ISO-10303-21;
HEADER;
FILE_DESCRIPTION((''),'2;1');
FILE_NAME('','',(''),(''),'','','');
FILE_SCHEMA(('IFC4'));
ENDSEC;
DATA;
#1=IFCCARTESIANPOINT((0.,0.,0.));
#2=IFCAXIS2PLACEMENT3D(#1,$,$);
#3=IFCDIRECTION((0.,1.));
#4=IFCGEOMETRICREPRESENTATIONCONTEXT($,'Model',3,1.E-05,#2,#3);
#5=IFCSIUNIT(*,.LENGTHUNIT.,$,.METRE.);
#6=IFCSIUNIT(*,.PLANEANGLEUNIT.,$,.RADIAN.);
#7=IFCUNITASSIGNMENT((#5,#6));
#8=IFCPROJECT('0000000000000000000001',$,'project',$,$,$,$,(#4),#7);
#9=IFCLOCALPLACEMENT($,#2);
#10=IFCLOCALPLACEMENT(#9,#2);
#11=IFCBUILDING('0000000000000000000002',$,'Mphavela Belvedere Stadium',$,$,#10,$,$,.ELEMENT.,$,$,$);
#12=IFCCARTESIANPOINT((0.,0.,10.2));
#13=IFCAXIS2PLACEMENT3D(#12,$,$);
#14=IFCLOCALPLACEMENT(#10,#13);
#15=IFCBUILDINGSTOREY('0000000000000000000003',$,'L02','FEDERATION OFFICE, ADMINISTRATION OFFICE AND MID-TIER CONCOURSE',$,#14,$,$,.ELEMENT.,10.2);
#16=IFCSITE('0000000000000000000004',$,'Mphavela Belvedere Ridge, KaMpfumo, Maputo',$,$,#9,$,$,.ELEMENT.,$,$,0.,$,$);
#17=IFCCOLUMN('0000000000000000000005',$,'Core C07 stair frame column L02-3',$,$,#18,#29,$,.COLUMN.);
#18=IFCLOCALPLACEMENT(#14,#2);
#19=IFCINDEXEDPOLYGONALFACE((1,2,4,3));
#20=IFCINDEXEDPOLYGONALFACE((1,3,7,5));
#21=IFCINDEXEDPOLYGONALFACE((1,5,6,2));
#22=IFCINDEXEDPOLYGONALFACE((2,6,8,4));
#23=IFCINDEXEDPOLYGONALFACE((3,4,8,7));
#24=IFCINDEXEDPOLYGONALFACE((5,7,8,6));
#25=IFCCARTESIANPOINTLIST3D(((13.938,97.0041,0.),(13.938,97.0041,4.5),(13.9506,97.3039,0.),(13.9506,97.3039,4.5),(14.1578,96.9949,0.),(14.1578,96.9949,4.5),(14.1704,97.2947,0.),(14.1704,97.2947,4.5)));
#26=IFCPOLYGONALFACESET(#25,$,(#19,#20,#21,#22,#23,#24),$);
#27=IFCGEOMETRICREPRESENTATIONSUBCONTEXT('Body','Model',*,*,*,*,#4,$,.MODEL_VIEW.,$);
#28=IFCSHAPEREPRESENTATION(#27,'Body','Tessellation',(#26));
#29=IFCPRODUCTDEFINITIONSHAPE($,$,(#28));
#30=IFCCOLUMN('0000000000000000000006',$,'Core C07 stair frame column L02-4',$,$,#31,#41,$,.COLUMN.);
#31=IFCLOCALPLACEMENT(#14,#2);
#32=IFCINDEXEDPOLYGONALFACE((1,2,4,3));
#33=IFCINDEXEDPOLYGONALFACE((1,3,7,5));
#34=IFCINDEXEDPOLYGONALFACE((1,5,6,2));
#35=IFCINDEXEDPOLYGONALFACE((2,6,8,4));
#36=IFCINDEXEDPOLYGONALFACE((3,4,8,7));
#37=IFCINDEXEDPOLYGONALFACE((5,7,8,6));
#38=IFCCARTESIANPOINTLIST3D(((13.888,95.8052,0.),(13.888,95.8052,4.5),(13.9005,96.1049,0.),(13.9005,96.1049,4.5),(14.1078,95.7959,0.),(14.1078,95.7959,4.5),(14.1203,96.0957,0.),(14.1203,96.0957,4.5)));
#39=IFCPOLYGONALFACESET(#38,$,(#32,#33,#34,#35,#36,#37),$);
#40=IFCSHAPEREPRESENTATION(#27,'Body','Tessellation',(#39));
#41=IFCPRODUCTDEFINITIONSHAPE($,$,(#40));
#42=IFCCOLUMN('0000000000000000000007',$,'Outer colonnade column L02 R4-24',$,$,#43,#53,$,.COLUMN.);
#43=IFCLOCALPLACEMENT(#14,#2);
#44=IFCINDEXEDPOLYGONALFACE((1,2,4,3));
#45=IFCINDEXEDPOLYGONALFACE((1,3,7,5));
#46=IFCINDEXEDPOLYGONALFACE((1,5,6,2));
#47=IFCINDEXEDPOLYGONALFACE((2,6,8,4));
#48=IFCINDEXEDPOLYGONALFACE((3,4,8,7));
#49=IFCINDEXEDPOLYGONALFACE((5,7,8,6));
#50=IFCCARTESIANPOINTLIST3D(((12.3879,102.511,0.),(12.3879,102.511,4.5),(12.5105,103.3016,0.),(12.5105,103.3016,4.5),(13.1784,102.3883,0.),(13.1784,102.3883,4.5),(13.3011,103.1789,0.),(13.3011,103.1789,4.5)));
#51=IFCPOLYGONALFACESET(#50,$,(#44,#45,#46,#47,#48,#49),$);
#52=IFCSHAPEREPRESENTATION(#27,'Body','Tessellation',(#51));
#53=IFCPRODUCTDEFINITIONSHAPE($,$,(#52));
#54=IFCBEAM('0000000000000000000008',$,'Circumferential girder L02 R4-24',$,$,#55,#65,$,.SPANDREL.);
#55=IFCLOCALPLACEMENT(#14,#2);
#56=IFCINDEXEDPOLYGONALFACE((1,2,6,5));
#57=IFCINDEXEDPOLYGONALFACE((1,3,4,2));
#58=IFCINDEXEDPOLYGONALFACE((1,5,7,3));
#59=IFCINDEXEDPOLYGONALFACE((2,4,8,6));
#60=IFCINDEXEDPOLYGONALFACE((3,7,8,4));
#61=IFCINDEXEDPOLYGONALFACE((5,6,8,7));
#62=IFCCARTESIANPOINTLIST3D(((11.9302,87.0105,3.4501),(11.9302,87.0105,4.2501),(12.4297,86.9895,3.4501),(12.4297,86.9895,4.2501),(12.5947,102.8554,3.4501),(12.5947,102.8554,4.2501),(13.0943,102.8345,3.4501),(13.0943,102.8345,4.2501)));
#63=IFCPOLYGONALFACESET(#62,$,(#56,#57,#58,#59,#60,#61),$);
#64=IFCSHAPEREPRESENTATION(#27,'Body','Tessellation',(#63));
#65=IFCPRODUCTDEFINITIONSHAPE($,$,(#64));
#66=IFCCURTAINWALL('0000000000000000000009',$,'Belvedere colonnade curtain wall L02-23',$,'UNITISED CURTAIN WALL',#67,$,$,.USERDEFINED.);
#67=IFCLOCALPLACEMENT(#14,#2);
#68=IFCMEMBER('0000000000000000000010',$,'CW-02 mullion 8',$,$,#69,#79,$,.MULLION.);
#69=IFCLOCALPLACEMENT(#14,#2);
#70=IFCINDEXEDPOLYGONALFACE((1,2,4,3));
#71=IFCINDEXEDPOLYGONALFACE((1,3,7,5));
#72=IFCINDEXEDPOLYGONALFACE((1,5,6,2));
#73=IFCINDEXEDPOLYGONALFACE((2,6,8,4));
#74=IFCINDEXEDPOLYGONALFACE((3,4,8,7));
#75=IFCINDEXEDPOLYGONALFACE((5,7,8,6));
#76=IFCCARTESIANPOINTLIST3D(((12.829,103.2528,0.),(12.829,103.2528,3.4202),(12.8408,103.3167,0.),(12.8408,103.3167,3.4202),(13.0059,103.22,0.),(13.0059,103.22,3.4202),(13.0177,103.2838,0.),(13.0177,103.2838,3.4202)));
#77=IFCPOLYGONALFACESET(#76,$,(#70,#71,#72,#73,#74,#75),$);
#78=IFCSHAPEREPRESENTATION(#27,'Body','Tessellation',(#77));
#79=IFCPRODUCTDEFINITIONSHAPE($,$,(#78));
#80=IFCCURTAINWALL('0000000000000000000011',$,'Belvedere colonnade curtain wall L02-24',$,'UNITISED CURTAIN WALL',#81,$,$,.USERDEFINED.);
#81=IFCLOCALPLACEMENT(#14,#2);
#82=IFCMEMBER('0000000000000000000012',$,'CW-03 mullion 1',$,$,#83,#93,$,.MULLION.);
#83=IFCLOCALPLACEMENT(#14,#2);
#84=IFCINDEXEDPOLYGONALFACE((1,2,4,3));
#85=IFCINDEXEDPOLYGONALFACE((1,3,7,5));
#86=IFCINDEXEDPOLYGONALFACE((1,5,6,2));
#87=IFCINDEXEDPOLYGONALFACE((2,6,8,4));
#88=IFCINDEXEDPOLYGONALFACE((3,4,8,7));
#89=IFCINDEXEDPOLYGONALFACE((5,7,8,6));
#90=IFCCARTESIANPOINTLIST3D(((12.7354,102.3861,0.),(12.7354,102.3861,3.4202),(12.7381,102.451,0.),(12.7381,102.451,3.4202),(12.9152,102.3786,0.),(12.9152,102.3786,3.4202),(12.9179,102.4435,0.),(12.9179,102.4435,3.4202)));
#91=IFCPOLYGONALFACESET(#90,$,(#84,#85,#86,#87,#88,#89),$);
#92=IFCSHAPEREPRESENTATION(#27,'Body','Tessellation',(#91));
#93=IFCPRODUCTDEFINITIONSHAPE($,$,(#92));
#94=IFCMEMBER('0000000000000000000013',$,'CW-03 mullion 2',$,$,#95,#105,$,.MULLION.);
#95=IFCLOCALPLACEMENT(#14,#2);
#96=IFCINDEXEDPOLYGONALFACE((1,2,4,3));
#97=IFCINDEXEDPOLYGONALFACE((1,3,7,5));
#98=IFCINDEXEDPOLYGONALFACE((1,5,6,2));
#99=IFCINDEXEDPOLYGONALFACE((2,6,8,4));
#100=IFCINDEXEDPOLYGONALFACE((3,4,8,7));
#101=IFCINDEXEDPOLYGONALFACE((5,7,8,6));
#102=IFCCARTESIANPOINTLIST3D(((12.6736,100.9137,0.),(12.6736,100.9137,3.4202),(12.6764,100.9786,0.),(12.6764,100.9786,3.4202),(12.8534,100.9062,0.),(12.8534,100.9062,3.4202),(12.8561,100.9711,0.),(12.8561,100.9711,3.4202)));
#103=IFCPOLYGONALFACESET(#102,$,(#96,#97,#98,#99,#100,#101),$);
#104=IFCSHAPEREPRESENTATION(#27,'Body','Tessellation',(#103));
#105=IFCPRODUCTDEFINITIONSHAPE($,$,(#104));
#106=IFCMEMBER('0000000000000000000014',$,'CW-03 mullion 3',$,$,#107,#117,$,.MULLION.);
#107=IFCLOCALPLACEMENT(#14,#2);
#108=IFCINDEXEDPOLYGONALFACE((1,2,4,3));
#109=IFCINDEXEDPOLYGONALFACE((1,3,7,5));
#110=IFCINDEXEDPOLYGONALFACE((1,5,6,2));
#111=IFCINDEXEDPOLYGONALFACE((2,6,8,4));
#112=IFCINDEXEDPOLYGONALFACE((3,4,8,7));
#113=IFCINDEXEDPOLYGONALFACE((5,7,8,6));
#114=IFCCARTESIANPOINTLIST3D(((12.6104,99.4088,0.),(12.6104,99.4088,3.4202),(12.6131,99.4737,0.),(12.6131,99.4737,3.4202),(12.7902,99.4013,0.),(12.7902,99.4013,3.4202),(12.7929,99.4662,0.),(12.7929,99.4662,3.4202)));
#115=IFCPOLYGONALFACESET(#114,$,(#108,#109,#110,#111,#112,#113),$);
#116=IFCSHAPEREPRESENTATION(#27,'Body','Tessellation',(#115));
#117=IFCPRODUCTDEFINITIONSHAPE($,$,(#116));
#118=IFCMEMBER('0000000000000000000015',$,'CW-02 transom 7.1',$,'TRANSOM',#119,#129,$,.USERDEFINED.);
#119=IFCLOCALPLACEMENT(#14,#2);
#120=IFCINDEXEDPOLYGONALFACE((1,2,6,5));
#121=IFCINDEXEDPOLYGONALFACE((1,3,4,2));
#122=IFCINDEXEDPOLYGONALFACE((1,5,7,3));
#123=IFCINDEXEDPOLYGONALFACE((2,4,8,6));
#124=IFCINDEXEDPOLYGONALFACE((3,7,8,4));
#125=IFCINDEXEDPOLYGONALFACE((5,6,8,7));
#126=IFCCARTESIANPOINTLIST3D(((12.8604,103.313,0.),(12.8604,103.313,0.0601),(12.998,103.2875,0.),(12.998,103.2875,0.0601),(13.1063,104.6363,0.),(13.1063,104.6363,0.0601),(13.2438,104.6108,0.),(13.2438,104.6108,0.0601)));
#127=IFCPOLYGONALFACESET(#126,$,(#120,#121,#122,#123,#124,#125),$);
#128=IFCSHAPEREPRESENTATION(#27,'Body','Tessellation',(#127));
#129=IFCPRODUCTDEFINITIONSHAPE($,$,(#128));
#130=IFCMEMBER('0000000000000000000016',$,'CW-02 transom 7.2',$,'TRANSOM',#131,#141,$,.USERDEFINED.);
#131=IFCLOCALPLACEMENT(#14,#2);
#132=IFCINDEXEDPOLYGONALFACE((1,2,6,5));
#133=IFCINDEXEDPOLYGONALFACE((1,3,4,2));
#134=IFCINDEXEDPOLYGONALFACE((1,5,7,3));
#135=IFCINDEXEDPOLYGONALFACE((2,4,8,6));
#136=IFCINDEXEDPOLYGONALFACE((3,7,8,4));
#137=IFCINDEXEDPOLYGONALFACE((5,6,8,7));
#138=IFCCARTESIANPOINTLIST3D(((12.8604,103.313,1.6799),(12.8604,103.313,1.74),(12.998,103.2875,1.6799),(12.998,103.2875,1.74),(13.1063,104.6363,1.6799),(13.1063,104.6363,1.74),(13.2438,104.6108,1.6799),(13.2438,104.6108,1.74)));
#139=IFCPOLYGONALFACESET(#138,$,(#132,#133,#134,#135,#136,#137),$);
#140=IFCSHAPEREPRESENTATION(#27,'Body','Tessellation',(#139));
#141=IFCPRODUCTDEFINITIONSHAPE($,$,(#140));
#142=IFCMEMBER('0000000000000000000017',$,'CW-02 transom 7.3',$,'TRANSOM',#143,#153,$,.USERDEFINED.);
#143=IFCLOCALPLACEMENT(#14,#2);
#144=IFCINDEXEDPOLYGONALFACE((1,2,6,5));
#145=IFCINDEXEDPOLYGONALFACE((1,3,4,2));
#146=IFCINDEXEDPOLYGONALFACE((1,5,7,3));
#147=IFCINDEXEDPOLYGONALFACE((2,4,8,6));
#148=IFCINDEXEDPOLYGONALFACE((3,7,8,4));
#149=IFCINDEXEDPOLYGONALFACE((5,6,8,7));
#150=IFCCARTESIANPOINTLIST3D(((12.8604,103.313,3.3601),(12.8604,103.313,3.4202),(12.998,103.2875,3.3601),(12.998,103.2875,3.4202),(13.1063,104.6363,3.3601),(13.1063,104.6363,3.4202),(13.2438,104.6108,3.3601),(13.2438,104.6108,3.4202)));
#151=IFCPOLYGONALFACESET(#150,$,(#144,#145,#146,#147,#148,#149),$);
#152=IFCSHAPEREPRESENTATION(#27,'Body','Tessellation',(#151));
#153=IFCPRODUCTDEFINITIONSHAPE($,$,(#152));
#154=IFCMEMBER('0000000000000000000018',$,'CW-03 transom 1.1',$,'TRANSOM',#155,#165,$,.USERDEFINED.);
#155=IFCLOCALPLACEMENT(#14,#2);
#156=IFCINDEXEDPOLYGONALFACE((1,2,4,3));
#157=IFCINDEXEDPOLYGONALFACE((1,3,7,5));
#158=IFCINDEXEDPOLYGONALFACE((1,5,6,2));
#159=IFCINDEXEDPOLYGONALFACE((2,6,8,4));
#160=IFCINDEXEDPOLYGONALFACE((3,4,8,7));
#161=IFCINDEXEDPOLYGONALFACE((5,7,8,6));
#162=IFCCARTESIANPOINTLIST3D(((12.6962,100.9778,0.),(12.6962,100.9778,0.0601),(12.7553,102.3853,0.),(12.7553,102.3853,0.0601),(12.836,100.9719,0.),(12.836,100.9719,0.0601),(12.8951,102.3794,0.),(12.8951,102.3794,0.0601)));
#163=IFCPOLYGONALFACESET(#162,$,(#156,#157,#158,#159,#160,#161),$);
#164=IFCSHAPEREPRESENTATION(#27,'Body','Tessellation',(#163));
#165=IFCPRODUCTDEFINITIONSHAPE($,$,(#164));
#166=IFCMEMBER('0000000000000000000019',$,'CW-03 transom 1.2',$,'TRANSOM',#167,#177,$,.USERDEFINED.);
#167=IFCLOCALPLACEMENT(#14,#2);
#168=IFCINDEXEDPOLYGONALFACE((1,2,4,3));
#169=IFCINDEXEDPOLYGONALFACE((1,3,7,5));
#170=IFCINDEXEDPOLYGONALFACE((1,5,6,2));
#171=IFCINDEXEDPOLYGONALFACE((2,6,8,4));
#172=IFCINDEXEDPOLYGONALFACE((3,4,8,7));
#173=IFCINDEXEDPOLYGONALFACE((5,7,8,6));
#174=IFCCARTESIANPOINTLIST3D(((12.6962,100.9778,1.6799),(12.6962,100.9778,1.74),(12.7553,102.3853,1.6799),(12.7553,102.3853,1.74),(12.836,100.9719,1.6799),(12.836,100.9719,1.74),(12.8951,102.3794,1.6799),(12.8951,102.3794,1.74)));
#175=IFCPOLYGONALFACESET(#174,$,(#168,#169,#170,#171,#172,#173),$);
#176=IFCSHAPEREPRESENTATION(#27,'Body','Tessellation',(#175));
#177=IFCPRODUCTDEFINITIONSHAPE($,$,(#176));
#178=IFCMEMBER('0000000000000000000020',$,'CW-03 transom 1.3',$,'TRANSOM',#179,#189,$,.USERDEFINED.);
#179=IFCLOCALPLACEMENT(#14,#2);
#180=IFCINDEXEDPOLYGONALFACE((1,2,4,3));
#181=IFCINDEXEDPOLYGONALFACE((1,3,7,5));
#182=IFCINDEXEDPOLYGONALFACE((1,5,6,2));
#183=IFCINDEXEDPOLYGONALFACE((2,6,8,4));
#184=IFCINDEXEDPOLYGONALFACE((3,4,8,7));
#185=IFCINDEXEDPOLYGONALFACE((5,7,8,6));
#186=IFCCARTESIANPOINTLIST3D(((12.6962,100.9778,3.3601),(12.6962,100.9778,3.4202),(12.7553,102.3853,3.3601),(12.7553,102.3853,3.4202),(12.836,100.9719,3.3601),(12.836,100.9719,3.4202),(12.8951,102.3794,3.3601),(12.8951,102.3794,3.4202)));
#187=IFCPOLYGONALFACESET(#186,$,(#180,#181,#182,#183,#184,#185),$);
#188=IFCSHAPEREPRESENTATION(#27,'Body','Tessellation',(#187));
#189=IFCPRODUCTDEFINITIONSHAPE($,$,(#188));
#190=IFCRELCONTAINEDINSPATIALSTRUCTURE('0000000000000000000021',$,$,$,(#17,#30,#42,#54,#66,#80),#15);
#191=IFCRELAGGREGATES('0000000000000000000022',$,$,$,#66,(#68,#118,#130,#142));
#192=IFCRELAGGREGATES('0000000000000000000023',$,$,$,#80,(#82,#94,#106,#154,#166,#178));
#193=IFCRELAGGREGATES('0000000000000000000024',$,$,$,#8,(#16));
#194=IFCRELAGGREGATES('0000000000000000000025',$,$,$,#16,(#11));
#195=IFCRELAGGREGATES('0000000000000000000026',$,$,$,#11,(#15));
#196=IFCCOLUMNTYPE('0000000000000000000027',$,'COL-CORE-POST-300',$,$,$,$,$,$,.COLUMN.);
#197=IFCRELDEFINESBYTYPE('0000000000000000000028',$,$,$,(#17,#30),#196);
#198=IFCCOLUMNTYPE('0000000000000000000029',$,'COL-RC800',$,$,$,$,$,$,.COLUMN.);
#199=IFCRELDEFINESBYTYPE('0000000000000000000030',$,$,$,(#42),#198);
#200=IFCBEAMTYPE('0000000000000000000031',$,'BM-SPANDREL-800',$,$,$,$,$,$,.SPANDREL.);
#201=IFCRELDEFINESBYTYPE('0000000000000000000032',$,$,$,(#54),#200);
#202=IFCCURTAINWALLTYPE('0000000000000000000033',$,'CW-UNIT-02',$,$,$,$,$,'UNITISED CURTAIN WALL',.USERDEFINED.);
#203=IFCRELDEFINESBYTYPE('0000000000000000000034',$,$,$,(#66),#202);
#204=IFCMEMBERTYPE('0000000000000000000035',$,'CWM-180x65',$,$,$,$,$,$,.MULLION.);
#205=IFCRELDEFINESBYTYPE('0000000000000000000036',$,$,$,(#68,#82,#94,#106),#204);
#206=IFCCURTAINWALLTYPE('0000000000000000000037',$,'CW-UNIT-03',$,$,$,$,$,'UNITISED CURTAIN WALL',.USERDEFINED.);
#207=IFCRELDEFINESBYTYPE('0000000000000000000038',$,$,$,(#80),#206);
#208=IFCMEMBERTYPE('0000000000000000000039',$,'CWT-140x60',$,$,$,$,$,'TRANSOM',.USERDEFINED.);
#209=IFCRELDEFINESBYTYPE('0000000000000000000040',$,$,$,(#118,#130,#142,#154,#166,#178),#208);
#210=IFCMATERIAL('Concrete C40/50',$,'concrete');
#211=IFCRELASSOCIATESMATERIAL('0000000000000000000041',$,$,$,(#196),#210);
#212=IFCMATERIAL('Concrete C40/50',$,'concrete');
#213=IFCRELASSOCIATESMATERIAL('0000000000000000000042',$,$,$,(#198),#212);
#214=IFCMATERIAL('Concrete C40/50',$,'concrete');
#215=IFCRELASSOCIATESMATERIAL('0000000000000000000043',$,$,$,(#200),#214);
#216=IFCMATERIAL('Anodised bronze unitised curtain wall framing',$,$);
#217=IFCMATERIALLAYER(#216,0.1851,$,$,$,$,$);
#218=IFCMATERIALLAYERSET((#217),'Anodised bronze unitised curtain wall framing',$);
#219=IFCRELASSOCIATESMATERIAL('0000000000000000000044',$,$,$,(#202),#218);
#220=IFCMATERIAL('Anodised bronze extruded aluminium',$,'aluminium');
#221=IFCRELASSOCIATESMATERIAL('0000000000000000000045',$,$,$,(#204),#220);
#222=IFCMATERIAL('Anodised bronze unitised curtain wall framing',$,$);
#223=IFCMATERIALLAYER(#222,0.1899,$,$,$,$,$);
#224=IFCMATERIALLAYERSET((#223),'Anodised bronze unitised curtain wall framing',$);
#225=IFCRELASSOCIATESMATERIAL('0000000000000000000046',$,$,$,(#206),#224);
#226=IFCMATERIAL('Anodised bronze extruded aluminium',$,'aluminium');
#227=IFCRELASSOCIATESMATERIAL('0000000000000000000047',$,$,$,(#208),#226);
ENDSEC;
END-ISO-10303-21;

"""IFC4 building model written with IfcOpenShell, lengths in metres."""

from ifc_helpers import new_model, si_unit, direction, frame, origin, origin_2d, place, context, subcontext, project, spatial, rectangle, extrude, material, layer, layer_set, material_profile, profile_set, type_object, element, aggregate, save


model = new_model("IFC4")

# Units and contexts
model_context = context("Model", 3, precision=1e-05, world=origin(), true_north=direction((0.0, 1.0)))
body_context = subcontext(model_context, "Body", "Model", "MODEL_VIEW")
ifc_project = project(units=[si_unit("LENGTHUNIT", "METRE"), si_unit("PLANEANGLEUNIT", "RADIAN")], contexts=[model_context])

# Site, building, storey
site_placement = place(None, origin())
site = spatial("IfcSite", under=ifc_project, at=site_placement, Name="Mphavela Belvedere Ridge, KaMpfumo, Maputo", CompositionType="ELEMENT", RefElevation=0.0)
building_placement = place(site_placement, origin())
building = spatial("IfcBuilding", under=site, at=building_placement, Name="Mphavela Belvedere Stadium", CompositionType="ELEMENT")
storey_placement = place(building_placement, frame((0.0, 0.0, 10.2)))
storey = spatial("IfcBuildingStorey", under=building, at=storey_placement, Name="L02", Description="FEDERATION OFFICE, ADMINISTRATION OFFICE AND MID-TIER CONCOURSE", CompositionType="ELEMENT", Elevation=10.2)

# Columns
ifc_material_1 = material(Name="Concrete C40/50", Category="concrete")
ifc_material_profile_1 = material_profile(ifc_material_1, rectangle(XDim=0.3, YDim=0.22, at=origin_2d()), Name="RC 300x220")
ifc_profile_set_1 = profile_set([ifc_material_profile_1], Name="Concrete C40/50")
column_type_1 = type_object("IfcColumnType", Name="COL-CORE-POST-300", PredefinedType="COLUMN", material=ifc_profile_set_1)
for number, where, z_axis, x_axis, name in (
    (1, (14.0542, 97.1494, 0.0), (0.0, 0.0, 1.0), (0.041876, 0.999123, 0.0), "Core C07 stair frame column L02-3"),
    (2, (14.0042, 95.9504, 0.0), (0.0, 0.0, 1.0), (0.041876, 0.999123, 0.0), "Core C07 stair frame column L02-4"),
):
    element("IfcColumn", number, at=place(storey_placement, frame(where, z_axis=z_axis, x_axis=x_axis)), inside=storey, type_object=column_type_1, Name=name, PredefinedType="COLUMN", context=body_context, shape_type="SweptSolid", body=[
        extrude(rectangle(XDim=0.3, YDim=0.22, at=origin_2d()), origin(), (0.0, 0.0, 1.0), 4.5),
    ])
ifc_material_2 = material(Name="Concrete C40/50", Category="concrete")
ifc_material_profile_2 = material_profile(ifc_material_2, rectangle(XDim=0.8, YDim=0.8, at=origin_2d()), Name="RC 800x800")
ifc_profile_set_2 = profile_set([ifc_material_profile_2], Name="Concrete C40/50")
column_type_2 = type_object("IfcColumnType", Name="COL-RC800", PredefinedType="COLUMN", material=ifc_profile_set_2)
column_placement = place(storey_placement, frame((12.8445, 102.845, 0.0), z_axis=(0.0, 0.0, 1.0), x_axis=(-0.988175, 0.153331, 0.0)))
element("IfcColumn", 3, at=column_placement, inside=storey, type_object=column_type_2, Name="Outer colonnade column L02 R4-24", PredefinedType="COLUMN", context=body_context, shape_type="SweptSolid", body=[
    extrude(rectangle(XDim=0.8, YDim=0.8, at=origin_2d()), origin(), (0.0, 0.0, 1.0), 4.5),
])

# Beam
ifc_material_3 = material(Name="Concrete C40/50", Category="concrete")
ifc_material_profile_3 = material_profile(ifc_material_3, rectangle(XDim=0.5, YDim=0.8, at=origin_2d()), Name="RC 500x800")
ifc_profile_set_3 = profile_set([ifc_material_profile_3], Name="Concrete C40/50")
beam_type = type_object("IfcBeamType", Name="BM-SPANDREL-800", PredefinedType="SPANDREL", material=ifc_profile_set_3)
beam_placement = place(storey_placement, frame((12.8445, 102.845, 3.8501), z_axis=(-0.041904, -0.999122, 0.0), x_axis=(0.999122, -0.041904, 0.0)))
element("IfcBeam", 4, at=beam_placement, inside=storey, type_object=beam_type, Name="Circumferential girder L02 R4-24", PredefinedType="SPANDREL", context=body_context, shape_type="SweptSolid", body=[
    extrude(rectangle(XDim=0.5, YDim=0.8, at=origin_2d()), origin(), (0.0, 0.0, 1.0), 15.8589),
])

# Curtain wall, member
ifc_material_4 = material(Name="Anodised bronze unitised curtain wall framing")
ifc_layer_1 = layer(ifc_material_4, 0.1851)
ifc_layer_set_1 = layer_set([ifc_layer_1], Name="Anodised bronze unitised curtain wall framing")
curtain_wall_type_1 = type_object("IfcCurtainWallType", Name="CW-UNIT-02", ElementType="UNITISED CURTAIN WALL", PredefinedType="USERDEFINED", material=ifc_layer_set_1)
curtain_wall_1_placement = place(storey_placement, origin())
curtain_wall_1 = element("IfcCurtainWall", 5, at=curtain_wall_1_placement, inside=storey, type_object=curtain_wall_type_1, Name="Belvedere colonnade curtain wall L02-23", ObjectType="UNITISED CURTAIN WALL", PredefinedType="USERDEFINED")
ifc_material_5 = material(Name="Anodised bronze extruded aluminium", Category="aluminium")
ifc_material_profile_4 = material_profile(ifc_material_5, rectangle(XDim=0.1799, YDim=0.0649, at=origin_2d()), Name="CW-MUL 180x65")
ifc_profile_set_4 = profile_set([ifc_material_profile_4], Name="Anodised bronze extruded aluminium")
member_type_1 = type_object("IfcMemberType", Name="CWM-180x65", PredefinedType="MULLION", material=ifc_profile_set_4)
member_1_placement = place(storey_placement, frame((12.9233, 103.2683, 0.0), z_axis=(0.0, 0.0, 1.0), x_axis=(0.983183, -0.182625, 0.0)))
member_1 = element("IfcMember", 6, at=member_1_placement, type_object=member_type_1, Name="CW-02 mullion 8", PredefinedType="MULLION", context=body_context, shape_type="SweptSolid", body=[
    extrude(rectangle(XDim=0.1799, YDim=0.0649, at=origin_2d()), origin(), (0.0, 0.0, 1.0), 3.4202),
])

# Curtain wall, members
ifc_material_6 = material(Name="Anodised bronze unitised curtain wall framing")
ifc_layer_2 = layer(ifc_material_6, 0.1899)
ifc_layer_set_2 = layer_set([ifc_layer_2], Name="Anodised bronze unitised curtain wall framing")
curtain_wall_type_2 = type_object("IfcCurtainWallType", Name="CW-UNIT-03", ElementType="UNITISED CURTAIN WALL", PredefinedType="USERDEFINED", material=ifc_layer_set_2)
curtain_wall_2_placement = place(storey_placement, origin())
curtain_wall_2 = element("IfcCurtainWall", 7, at=curtain_wall_2_placement, inside=storey, type_object=curtain_wall_type_2, Name="Belvedere colonnade curtain wall L02-24", ObjectType="UNITISED CURTAIN WALL", PredefinedType="USERDEFINED")
member_2_placement = place(storey_placement, frame((12.8267, 102.4148, 0.0), z_axis=(0.0, 0.0, 1.0), x_axis=(0.999122, -0.041904, 0.0)))
member_2 = element("IfcMember", 8, at=member_2_placement, type_object=member_type_1, Name="CW-03 mullion 1", PredefinedType="MULLION", context=body_context, shape_type="SweptSolid", body=[
    extrude(rectangle(XDim=0.1799, YDim=0.0649, at=origin_2d()), origin(), (0.0, 0.0, 1.0), 3.4202),
])
member_3_placement = place(storey_placement, frame((12.7649, 100.9424, 0.0), z_axis=(0.0, 0.0, 1.0), x_axis=(0.999122, -0.041904, 0.0)))
member_3 = element("IfcMember", 9, at=member_3_placement, type_object=member_type_1, Name="CW-03 mullion 2", PredefinedType="MULLION", context=body_context, shape_type="SweptSolid", body=[
    extrude(rectangle(XDim=0.1799, YDim=0.0649, at=origin_2d()), origin(), (0.0, 0.0, 1.0), 3.4202),
])
member_4_placement = place(storey_placement, frame((12.7017, 99.4375, 0.0), z_axis=(0.0, 0.0, 1.0), x_axis=(0.999122, -0.041904, 0.0)))
member_4 = element("IfcMember", 10, at=member_4_placement, type_object=member_type_1, Name="CW-03 mullion 3", PredefinedType="MULLION", context=body_context, shape_type="SweptSolid", body=[
    extrude(rectangle(XDim=0.1799, YDim=0.0649, at=origin_2d()), origin(), (0.0, 0.0, 1.0), 3.4202),
])

# Members
ifc_material_7 = material(Name="Anodised bronze extruded aluminium", Category="aluminium")
ifc_material_profile_5 = material_profile(ifc_material_7, rectangle(XDim=0.1399, YDim=0.0601, at=origin_2d()), Name="CW-TRN 140x60")
ifc_profile_set_5 = profile_set([ifc_material_profile_5], Name="Anodised bronze extruded aluminium")
member_type_2 = type_object("IfcMemberType", Name="CWT-140x60", ElementType="TRANSOM", PredefinedType="USERDEFINED", material=ifc_profile_set_5)
member_5_placement = place(storey_placement, frame((13.175, 104.6235, 0.03), z_axis=(-0.182667, -0.983175, 0.0), x_axis=(0.983175, -0.182667, 0.0)))
member_5 = element("IfcMember", 11, at=member_5_placement, type_object=member_type_2, Name="CW-02 transom 7.1", ObjectType="TRANSOM", PredefinedType="USERDEFINED", context=body_context, shape_type="SweptSolid", body=[
    extrude(rectangle(XDim=0.1399, YDim=0.0601, at=origin_2d()), origin(), (0.0, 0.0, 1.0), 1.3459),
])
member_6_placement = place(storey_placement, frame((13.175, 104.6235, 1.71), z_axis=(-0.182667, -0.983175, 0.0), x_axis=(0.983175, -0.182667, 0.0)))
member_6 = element("IfcMember", 12, at=member_6_placement, type_object=member_type_2, Name="CW-02 transom 7.2", ObjectType="TRANSOM", PredefinedType="USERDEFINED", context=body_context, shape_type="SweptSolid", body=[
    extrude(rectangle(XDim=0.1399, YDim=0.0601, at=origin_2d()), origin(), (0.0, 0.0, 1.0), 1.3459),
])
member_7_placement = place(storey_placement, frame((13.175, 104.6235, 3.3901), z_axis=(-0.182667, -0.983175, 0.0), x_axis=(0.983175, -0.182667, 0.0)))
member_7 = element("IfcMember", 13, at=member_7_placement, type_object=member_type_2, Name="CW-02 transom 7.3", ObjectType="TRANSOM", PredefinedType="USERDEFINED", context=body_context, shape_type="SweptSolid", body=[
    extrude(rectangle(XDim=0.1399, YDim=0.0601, at=origin_2d()), origin(), (0.0, 0.0, 1.0), 1.3459),
])
member_8_placement = place(storey_placement, frame((12.8252, 102.3823, 0.03), z_axis=(-0.041941, -0.99912, 0.0), x_axis=(0.99912, -0.041941, 0.0)))
member_8 = element("IfcMember", 14, at=member_8_placement, type_object=member_type_2, Name="CW-03 transom 1.1", ObjectType="TRANSOM", PredefinedType="USERDEFINED", context=body_context, shape_type="SweptSolid", body=[
    extrude(rectangle(XDim=0.1399, YDim=0.0601, at=origin_2d()), origin(), (0.0, 0.0, 1.0), 1.4087),
])
member_9_placement = place(storey_placement, frame((12.8252, 102.3823, 1.71), z_axis=(-0.041941, -0.99912, 0.0), x_axis=(0.99912, -0.041941, 0.0)))
member_9 = element("IfcMember", 15, at=member_9_placement, type_object=member_type_2, Name="CW-03 transom 1.2", ObjectType="TRANSOM", PredefinedType="USERDEFINED", context=body_context, shape_type="SweptSolid", body=[
    extrude(rectangle(XDim=0.1399, YDim=0.0601, at=origin_2d()), origin(), (0.0, 0.0, 1.0), 1.4087),
])
member_10_placement = place(storey_placement, frame((12.8252, 102.3823, 3.3901), z_axis=(-0.041941, -0.99912, 0.0), x_axis=(0.99912, -0.041941, 0.0)))
member_10 = element("IfcMember", 16, at=member_10_placement, type_object=member_type_2, Name="CW-03 transom 1.3", ObjectType="TRANSOM", PredefinedType="USERDEFINED", context=body_context, shape_type="SweptSolid", body=[
    extrude(rectangle(XDim=0.1399, YDim=0.0601, at=origin_2d()), origin(), (0.0, 0.0, 1.0), 1.4087),
])

aggregate(curtain_wall_1, [member_1, member_5, member_6, member_7])
aggregate(curtain_wall_2, [member_2, member_3, member_4, member_8, member_9, member_10])

save(model, "model.ifc")
